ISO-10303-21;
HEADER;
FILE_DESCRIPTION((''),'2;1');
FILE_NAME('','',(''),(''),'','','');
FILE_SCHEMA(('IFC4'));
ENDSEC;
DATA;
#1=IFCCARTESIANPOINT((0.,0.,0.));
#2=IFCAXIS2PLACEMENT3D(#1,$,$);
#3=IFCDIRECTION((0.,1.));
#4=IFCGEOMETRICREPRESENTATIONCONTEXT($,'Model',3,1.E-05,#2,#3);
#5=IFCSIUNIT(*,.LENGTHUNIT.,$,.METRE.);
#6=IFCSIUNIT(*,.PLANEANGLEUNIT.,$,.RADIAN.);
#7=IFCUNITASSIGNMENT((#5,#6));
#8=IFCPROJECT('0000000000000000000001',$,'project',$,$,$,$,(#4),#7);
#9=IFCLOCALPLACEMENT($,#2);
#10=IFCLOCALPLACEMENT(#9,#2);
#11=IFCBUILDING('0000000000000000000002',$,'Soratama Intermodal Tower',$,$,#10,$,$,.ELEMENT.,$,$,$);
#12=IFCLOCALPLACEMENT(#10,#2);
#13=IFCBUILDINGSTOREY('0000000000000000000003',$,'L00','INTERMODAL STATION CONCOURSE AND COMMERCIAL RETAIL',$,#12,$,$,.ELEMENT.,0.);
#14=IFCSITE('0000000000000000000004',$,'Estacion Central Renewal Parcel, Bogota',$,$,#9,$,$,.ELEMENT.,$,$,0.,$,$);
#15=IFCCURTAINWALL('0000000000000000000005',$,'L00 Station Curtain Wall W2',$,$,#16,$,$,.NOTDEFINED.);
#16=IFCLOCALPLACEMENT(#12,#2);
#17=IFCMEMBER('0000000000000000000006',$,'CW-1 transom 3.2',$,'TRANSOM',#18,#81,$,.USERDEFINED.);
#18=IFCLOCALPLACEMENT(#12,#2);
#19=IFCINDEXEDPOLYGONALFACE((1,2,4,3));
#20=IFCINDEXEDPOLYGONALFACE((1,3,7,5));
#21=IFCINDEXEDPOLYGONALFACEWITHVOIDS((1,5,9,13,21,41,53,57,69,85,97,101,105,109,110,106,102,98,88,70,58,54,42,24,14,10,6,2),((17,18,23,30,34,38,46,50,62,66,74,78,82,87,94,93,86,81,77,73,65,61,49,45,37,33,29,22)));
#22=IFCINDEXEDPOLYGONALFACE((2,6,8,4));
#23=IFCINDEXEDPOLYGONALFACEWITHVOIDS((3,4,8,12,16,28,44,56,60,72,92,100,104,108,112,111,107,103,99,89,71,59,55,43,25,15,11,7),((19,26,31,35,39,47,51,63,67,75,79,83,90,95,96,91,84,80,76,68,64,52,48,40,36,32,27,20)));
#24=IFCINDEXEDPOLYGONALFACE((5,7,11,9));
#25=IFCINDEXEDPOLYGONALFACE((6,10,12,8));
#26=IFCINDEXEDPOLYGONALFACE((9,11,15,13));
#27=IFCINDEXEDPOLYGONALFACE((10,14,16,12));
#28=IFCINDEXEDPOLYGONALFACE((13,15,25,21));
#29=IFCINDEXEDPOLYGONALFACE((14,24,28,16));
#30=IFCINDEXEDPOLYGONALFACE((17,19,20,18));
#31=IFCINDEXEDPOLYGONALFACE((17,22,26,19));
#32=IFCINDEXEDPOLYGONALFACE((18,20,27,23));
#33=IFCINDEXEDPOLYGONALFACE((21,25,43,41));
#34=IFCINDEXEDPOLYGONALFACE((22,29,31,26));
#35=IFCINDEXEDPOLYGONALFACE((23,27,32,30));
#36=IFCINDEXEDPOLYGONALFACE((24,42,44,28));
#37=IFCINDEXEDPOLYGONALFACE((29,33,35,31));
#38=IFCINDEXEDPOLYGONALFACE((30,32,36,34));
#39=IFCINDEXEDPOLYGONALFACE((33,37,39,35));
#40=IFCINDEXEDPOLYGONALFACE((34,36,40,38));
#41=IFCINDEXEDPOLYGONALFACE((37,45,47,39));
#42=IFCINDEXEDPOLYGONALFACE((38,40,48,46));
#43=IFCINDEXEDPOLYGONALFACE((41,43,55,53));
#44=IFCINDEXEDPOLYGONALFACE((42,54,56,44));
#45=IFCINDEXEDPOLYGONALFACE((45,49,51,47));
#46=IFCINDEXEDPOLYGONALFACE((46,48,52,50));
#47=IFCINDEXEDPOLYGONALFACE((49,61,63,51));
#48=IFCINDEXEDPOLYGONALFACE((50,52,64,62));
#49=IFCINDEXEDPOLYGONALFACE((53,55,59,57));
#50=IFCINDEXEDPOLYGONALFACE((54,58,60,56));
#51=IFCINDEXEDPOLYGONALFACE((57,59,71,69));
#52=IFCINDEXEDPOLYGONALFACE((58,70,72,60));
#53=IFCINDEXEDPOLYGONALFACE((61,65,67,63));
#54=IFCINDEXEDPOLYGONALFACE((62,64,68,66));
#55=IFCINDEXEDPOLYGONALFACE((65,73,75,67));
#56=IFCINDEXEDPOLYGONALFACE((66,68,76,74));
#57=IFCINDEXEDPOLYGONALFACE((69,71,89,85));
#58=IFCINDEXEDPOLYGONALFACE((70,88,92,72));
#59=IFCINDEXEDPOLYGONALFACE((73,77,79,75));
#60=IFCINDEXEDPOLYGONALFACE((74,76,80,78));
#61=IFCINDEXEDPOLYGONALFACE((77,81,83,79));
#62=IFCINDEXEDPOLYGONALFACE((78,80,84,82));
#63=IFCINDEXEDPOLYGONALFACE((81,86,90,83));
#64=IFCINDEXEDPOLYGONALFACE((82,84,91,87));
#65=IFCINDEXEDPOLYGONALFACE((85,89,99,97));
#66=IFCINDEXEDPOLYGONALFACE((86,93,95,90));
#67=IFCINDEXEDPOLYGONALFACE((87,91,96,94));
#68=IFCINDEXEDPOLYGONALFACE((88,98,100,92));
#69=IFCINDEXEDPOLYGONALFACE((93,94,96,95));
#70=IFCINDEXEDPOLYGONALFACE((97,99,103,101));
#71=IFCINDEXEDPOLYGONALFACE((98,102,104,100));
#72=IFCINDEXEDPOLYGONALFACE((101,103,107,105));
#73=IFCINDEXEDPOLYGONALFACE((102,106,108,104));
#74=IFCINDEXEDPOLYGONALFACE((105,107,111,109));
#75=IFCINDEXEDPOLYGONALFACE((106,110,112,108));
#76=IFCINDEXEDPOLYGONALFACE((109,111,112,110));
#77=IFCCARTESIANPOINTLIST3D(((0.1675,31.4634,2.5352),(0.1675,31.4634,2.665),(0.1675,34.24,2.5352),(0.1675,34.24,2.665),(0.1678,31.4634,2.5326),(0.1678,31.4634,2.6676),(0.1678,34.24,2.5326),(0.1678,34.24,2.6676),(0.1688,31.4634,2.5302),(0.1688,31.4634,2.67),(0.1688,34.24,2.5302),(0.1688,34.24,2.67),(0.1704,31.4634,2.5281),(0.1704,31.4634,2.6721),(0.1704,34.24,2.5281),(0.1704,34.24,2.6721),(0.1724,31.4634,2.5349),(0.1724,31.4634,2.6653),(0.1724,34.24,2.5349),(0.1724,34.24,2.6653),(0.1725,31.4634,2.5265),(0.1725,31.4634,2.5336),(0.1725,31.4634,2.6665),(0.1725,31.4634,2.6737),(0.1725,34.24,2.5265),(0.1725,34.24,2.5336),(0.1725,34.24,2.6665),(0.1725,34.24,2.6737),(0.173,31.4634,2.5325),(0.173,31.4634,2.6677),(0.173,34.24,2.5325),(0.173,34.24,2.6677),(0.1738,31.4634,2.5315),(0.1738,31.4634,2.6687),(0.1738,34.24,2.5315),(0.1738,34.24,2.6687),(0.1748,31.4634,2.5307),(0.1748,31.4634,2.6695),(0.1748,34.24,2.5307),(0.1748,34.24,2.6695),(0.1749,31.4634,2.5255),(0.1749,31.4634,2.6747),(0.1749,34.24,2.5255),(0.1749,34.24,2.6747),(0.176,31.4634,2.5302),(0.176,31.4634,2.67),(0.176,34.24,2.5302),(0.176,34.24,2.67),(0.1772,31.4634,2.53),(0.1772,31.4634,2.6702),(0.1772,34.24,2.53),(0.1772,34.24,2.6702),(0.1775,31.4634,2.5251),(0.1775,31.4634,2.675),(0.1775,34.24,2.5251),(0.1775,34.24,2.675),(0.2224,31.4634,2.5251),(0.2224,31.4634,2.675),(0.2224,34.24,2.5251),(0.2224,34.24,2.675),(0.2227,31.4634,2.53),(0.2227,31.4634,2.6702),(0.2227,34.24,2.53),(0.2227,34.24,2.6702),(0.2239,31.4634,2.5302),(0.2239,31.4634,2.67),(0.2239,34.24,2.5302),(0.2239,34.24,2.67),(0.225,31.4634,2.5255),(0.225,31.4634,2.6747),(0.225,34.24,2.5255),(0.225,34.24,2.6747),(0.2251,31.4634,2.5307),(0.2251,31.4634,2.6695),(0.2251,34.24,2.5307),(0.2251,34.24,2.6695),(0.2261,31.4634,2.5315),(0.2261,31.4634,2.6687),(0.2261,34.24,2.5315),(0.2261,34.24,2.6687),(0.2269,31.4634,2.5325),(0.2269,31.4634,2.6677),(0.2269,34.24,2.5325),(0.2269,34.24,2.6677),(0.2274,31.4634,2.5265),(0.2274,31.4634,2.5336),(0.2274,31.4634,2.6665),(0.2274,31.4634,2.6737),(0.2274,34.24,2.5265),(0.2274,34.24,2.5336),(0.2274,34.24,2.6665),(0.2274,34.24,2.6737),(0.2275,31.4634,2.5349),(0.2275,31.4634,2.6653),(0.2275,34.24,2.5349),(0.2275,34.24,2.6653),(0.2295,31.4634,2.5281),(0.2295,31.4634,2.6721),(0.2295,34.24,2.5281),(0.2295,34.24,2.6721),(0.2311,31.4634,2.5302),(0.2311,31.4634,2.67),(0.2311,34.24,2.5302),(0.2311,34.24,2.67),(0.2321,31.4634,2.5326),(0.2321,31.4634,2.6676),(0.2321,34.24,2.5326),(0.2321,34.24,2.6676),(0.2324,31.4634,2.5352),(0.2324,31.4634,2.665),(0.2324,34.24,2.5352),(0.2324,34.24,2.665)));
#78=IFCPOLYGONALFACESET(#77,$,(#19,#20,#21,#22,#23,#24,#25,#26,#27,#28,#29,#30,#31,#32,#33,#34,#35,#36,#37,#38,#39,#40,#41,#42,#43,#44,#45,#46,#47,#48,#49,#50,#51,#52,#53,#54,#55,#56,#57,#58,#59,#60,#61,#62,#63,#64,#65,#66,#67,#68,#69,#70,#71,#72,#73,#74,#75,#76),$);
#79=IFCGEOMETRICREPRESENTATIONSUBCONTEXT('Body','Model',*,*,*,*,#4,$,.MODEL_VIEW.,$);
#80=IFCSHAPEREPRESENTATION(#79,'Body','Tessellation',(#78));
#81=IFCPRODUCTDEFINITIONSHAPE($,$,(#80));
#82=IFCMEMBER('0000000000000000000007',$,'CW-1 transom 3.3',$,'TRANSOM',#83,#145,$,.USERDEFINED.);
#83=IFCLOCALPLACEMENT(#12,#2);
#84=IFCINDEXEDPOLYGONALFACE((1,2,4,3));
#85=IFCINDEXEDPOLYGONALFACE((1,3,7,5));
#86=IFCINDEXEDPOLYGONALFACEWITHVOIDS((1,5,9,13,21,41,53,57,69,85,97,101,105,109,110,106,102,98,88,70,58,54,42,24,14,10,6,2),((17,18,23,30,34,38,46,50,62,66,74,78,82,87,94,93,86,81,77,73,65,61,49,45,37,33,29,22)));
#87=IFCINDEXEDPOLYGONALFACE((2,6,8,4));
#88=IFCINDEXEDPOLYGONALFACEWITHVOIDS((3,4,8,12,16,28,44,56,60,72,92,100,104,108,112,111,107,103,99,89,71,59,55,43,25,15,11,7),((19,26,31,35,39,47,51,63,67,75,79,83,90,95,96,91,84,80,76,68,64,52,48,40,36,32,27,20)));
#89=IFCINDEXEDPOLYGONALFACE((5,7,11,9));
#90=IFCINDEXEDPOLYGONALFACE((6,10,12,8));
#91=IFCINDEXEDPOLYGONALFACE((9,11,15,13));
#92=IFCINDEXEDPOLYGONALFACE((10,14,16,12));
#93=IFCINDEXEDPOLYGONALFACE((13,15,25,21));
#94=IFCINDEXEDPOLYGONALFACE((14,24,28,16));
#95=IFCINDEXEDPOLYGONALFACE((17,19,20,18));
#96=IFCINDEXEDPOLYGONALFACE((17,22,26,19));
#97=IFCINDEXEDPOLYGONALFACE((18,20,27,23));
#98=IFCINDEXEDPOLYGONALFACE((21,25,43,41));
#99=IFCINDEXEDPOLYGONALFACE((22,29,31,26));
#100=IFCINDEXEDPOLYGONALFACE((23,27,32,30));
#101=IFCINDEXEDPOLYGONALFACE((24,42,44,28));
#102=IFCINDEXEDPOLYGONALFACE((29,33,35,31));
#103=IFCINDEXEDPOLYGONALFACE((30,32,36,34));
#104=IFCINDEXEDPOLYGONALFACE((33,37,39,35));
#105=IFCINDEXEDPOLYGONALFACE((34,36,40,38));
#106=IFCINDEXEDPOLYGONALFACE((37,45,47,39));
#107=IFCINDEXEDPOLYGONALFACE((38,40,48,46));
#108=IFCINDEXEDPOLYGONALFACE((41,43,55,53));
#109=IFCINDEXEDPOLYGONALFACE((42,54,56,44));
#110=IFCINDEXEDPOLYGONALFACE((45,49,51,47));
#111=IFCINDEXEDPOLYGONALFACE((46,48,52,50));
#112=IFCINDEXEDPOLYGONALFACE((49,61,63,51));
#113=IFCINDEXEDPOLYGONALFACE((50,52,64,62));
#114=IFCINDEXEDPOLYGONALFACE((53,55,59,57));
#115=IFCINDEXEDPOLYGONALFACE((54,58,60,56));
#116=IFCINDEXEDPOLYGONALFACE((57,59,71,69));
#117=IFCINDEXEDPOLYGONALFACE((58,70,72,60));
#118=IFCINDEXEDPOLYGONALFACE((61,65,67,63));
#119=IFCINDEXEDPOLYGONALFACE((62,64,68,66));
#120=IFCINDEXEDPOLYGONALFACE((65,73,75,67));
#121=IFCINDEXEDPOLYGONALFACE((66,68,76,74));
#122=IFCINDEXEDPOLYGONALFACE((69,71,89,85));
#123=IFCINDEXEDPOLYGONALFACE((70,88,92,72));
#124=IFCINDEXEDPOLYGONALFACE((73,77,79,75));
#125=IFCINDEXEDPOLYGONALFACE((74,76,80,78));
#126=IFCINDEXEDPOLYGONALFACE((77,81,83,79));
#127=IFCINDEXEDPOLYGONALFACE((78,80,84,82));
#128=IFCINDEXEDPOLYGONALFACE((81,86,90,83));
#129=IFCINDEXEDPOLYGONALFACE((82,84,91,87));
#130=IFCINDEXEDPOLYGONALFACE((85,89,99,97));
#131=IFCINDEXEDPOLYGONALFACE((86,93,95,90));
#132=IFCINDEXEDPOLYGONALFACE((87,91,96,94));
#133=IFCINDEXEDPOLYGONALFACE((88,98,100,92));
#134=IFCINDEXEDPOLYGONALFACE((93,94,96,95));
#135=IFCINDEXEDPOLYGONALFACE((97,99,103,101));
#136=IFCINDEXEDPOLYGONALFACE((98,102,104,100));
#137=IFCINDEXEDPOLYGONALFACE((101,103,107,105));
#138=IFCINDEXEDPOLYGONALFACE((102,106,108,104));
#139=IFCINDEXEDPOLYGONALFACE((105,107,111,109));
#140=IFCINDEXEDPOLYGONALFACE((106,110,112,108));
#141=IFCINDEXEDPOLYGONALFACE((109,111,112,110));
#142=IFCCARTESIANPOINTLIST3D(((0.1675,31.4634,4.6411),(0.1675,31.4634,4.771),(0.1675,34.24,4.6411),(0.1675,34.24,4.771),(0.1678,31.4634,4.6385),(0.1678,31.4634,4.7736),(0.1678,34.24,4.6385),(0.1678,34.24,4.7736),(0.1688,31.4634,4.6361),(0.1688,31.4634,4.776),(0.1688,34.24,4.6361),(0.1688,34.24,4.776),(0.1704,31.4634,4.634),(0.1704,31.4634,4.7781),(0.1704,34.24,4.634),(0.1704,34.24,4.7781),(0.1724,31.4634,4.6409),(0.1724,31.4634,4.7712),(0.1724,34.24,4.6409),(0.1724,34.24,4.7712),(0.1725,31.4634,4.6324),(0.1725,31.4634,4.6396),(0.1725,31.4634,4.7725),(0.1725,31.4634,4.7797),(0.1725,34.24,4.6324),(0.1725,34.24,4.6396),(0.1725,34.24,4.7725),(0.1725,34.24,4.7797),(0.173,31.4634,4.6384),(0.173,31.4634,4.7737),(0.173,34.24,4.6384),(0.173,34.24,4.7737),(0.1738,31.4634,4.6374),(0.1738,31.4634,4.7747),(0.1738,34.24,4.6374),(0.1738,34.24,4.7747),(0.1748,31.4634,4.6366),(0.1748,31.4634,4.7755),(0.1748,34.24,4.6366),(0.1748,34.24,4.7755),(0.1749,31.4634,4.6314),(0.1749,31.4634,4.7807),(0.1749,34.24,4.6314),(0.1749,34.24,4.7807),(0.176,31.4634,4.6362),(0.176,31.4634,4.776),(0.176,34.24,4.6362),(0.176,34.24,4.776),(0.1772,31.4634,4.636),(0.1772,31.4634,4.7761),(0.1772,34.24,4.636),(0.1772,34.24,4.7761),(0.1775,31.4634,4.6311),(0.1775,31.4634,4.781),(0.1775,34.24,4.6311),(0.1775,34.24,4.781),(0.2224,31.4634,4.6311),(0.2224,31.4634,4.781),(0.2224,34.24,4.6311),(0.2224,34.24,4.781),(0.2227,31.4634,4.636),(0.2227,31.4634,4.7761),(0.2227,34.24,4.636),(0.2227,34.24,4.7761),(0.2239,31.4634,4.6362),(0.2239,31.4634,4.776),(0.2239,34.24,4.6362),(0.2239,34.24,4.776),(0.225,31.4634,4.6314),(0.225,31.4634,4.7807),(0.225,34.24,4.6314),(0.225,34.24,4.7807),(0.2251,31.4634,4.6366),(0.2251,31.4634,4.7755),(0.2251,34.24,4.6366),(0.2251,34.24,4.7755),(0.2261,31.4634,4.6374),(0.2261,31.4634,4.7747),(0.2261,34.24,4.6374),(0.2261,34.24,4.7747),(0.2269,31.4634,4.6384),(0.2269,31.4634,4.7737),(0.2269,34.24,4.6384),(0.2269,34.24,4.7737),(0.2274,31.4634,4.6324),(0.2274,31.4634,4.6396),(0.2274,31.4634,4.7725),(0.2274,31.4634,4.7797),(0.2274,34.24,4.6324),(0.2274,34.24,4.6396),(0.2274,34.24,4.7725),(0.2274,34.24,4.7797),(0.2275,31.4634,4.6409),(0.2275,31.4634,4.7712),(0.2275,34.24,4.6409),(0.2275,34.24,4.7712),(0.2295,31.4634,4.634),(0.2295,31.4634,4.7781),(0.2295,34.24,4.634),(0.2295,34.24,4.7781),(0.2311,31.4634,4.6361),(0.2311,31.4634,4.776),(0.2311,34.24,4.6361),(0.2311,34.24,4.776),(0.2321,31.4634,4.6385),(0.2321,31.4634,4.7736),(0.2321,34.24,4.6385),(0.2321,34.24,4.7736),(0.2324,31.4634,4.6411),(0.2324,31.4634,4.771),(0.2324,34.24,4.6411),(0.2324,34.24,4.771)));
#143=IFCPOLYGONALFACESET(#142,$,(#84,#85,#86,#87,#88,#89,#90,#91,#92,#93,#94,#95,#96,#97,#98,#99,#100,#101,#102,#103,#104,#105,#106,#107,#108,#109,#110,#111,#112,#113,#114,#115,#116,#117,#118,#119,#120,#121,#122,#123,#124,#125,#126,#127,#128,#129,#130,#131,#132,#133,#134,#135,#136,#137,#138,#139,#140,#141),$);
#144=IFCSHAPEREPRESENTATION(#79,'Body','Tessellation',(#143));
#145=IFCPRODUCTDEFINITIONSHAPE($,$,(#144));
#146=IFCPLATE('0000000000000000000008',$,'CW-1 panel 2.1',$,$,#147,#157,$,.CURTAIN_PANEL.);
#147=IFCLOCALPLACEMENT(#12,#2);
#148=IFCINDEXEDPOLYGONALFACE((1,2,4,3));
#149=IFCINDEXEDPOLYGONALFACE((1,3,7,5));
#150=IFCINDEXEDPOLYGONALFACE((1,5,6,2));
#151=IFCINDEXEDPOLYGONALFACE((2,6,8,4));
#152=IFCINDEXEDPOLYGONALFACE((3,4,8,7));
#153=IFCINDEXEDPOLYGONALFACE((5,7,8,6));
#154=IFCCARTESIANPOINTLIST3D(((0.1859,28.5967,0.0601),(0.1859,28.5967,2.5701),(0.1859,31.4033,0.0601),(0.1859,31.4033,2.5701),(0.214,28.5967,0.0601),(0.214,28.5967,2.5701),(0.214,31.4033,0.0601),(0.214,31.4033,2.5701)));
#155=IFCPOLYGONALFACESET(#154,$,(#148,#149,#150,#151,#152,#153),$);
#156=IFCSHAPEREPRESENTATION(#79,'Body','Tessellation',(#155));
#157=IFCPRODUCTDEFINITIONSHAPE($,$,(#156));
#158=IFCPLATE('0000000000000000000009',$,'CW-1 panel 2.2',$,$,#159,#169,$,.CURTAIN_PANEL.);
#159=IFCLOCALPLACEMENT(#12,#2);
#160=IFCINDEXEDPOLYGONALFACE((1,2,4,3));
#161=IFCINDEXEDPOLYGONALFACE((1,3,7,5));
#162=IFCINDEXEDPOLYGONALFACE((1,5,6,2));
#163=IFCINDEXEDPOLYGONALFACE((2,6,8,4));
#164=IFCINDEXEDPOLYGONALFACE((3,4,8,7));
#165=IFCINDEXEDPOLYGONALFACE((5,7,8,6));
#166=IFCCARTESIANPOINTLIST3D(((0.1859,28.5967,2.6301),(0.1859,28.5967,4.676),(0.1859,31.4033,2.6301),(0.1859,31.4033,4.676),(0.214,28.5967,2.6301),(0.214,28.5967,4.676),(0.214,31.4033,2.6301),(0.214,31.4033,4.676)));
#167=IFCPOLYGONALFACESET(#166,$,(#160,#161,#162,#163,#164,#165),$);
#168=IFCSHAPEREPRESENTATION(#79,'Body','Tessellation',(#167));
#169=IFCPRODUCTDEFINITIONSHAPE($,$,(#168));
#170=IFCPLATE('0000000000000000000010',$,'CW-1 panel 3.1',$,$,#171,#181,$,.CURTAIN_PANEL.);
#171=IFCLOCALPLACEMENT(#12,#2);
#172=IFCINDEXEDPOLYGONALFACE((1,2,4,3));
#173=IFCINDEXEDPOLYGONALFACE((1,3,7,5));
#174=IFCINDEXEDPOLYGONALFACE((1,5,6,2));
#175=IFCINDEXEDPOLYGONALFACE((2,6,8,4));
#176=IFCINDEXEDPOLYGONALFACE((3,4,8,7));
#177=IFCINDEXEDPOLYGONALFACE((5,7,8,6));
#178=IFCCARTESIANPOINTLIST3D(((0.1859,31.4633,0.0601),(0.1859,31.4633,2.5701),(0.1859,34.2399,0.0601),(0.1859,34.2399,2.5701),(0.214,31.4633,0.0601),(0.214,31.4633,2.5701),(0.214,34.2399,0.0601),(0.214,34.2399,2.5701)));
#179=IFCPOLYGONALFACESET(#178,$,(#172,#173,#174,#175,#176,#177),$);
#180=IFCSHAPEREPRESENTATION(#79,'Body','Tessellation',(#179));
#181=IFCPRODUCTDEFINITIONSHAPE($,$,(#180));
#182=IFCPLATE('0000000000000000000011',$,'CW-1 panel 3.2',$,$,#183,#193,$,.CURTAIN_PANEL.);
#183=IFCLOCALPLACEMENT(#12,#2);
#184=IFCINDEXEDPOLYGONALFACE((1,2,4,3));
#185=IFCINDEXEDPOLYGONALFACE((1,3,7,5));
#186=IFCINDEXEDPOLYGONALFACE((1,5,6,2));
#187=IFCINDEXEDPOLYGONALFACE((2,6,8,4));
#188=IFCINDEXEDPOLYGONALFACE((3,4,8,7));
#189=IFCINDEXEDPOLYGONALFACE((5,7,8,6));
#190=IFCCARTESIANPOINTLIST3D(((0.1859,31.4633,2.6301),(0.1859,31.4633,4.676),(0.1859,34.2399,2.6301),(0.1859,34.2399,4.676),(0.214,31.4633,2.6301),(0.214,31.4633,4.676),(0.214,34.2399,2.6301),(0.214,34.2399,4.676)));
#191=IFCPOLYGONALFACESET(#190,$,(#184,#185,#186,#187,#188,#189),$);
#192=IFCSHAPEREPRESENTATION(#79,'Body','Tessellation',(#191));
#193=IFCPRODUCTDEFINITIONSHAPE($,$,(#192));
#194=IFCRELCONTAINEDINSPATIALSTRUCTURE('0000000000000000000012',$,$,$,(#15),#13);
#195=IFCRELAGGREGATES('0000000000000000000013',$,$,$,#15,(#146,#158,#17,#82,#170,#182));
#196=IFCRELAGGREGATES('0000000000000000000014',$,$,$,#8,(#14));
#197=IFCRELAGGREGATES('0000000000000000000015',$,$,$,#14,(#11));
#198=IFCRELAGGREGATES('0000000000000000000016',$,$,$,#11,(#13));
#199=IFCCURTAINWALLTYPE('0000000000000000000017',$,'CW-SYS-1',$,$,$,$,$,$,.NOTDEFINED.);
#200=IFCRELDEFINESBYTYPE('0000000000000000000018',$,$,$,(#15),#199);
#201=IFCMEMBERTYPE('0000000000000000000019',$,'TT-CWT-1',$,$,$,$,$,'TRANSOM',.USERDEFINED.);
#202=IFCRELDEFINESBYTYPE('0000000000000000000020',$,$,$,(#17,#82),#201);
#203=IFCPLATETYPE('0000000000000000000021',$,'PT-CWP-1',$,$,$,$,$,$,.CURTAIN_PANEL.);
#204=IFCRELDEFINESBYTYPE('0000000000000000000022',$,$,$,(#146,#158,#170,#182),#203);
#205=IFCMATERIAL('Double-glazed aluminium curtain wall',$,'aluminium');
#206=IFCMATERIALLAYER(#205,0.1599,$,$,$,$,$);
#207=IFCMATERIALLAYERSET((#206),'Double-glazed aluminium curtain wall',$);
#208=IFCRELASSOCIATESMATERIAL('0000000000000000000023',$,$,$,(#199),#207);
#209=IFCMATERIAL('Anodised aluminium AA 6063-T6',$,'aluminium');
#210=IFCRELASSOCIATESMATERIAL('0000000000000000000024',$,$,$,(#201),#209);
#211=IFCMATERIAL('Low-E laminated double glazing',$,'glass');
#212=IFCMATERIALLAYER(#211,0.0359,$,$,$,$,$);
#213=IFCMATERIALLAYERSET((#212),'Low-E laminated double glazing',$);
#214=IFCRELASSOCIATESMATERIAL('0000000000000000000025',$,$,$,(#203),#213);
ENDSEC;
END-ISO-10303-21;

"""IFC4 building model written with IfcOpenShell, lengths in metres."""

from ifc_helpers import new_model, si_unit, direction, frame, origin, origin_2d, place, context, subcontext, project, spatial, rectangle, hollow_rectangle, extrude, material, layer, layer_set, material_profile, profile_set, type_object, element, aggregate, save


model = new_model("IFC4")

# Units and contexts
model_context = context("Model", 3, precision=1e-05, world=origin(), true_north=direction((0.0, 1.0)))
body_context = subcontext(model_context, "Body", "Model", "MODEL_VIEW")
ifc_project = project(units=[si_unit("LENGTHUNIT", "METRE"), si_unit("PLANEANGLEUNIT", "RADIAN")], contexts=[model_context])

# Site, building, storey
site_placement = place(None, origin())
site = spatial("IfcSite", under=ifc_project, at=site_placement, Name="Estacion Central Renewal Parcel, Bogota", CompositionType="ELEMENT", RefElevation=0.0)
building_placement = place(site_placement, origin())
building = spatial("IfcBuilding", under=site, at=building_placement, Name="Soratama Intermodal Tower", CompositionType="ELEMENT")
storey_placement = place(building_placement, origin())
storey = spatial("IfcBuildingStorey", under=building, at=storey_placement, Name="L00", Description="INTERMODAL STATION CONCOURSE AND COMMERCIAL RETAIL", CompositionType="ELEMENT", Elevation=0.0)

# Curtain wall, members, plates
ifc_material_1 = material(Name="Double-glazed aluminium curtain wall", Category="aluminium")
ifc_layer_1 = layer(ifc_material_1, 0.1599)
ifc_layer_set_1 = layer_set([ifc_layer_1], Name="Double-glazed aluminium curtain wall")
curtain_wall_type = type_object("IfcCurtainWallType", Name="CW-SYS-1", PredefinedType="NOTDEFINED", material=ifc_layer_set_1)
curtain_wall_placement = place(storey_placement, origin())
curtain_wall = element("IfcCurtainWall", 1, at=curtain_wall_placement, inside=storey, type_object=curtain_wall_type, Name="L00 Station Curtain Wall W2", PredefinedType="NOTDEFINED")
ifc_material_2 = material(Name="Anodised aluminium AA 6063-T6", Category="aluminium")
ifc_material_profile_1 = material_profile(ifc_material_2, hollow_rectangle(XDim=0.0649, YDim=0.1499, WallThickness=0.0049, InnerFilletRadius=0.0049, OuterFilletRadius=0.01, at=origin_2d()), Name="CWT150X65X5")
ifc_profile_set_1 = profile_set([ifc_material_profile_1], Name="Anodised aluminium AA 6063-T6")
member_type_1 = type_object("IfcMemberType", Name="TT-CWT-1", ElementType="TRANSOM", PredefinedType="USERDEFINED", material=ifc_profile_set_1)
member_1_placement = place(storey_placement, frame((0.2, 31.4634, 2.6001), z_axis=(0.0, 1.0, 0.0), x_axis=(-1.0, 0.0, 0.0)))
member_1 = element("IfcMember", 2, at=member_1_placement, type_object=member_type_1, Name="CW-1 transom 3.2", ObjectType="TRANSOM", PredefinedType="USERDEFINED", context=body_context, shape_type="SweptSolid", body=[
    extrude(hollow_rectangle(XDim=0.0649, YDim=0.1499, WallThickness=0.0049, InnerFilletRadius=0.0049, OuterFilletRadius=0.01, at=origin_2d()), origin(), (0.0, 0.0, 1.0), 2.7766),
])
member_2_placement = place(storey_placement, frame((0.2, 31.4634, 4.7061), z_axis=(0.0, 1.0, 0.0), x_axis=(-1.0, 0.0, 0.0)))
member_2 = element("IfcMember", 3, at=member_2_placement, type_object=member_type_1, Name="CW-1 transom 3.3", ObjectType="TRANSOM", PredefinedType="USERDEFINED", context=body_context, shape_type="SweptSolid", body=[
    extrude(hollow_rectangle(XDim=0.0649, YDim=0.1499, WallThickness=0.0049, InnerFilletRadius=0.0049, OuterFilletRadius=0.01, at=origin_2d()), origin(), (0.0, 0.0, 1.0), 2.7766),
])
ifc_material_3 = material(Name="Low-E laminated double glazing", Category="glass")
ifc_layer_2 = layer(ifc_material_3, 0.0359)
ifc_layer_set_2 = layer_set([ifc_layer_2], Name="Low-E laminated double glazing")
plate_type = type_object("IfcPlateType", Name="PT-CWP-1", PredefinedType="CURTAIN_PANEL", material=ifc_layer_set_2)
plate_1_placement = place(storey_placement, frame((0.2, 30.0, 0.0601), z_axis=(0.0, 0.0, 1.0), x_axis=(0.0, 1.0, 0.0)))
plate_1 = element("IfcPlate", 4, at=plate_1_placement, type_object=plate_type, Name="CW-1 panel 2.1", PredefinedType="CURTAIN_PANEL", context=body_context, shape_type="SweptSolid", body=[
    extrude(rectangle(XDim=2.8066, YDim=0.0281, at=origin_2d()), origin(), (0.0, 0.0, 1.0), 2.51),
])
plate_2_placement = place(storey_placement, frame((0.2, 30.0, 2.6301), z_axis=(0.0, 0.0, 1.0), x_axis=(0.0, 1.0, 0.0)))
plate_2 = element("IfcPlate", 5, at=plate_2_placement, type_object=plate_type, Name="CW-1 panel 2.2", PredefinedType="CURTAIN_PANEL", context=body_context, shape_type="SweptSolid", body=[
    extrude(rectangle(XDim=2.8066, YDim=0.0281, at=origin_2d()), origin(), (0.0, 0.0, 1.0), 2.0459),
])
plate_3_placement = place(storey_placement, frame((0.2, 32.8516, 0.0601), z_axis=(0.0, 0.0, 1.0), x_axis=(0.0, 1.0, 0.0)))
plate_3 = element("IfcPlate", 6, at=plate_3_placement, type_object=plate_type, Name="CW-1 panel 3.1", PredefinedType="CURTAIN_PANEL", context=body_context, shape_type="SweptSolid", body=[
    extrude(rectangle(XDim=2.7766, YDim=0.0281, at=origin_2d()), origin(), (0.0, 0.0, 1.0), 2.51),
])
plate_4_placement = place(storey_placement, frame((0.2, 32.8516, 2.6301), z_axis=(0.0, 0.0, 1.0), x_axis=(0.0, 1.0, 0.0)))
plate_4 = element("IfcPlate", 7, at=plate_4_placement, type_object=plate_type, Name="CW-1 panel 3.2", PredefinedType="CURTAIN_PANEL", context=body_context, shape_type="SweptSolid", body=[
    extrude(rectangle(XDim=2.7766, YDim=0.0281, at=origin_2d()), origin(), (0.0, 0.0, 1.0), 2.0459),
])
aggregate(curtain_wall, [plate_1, plate_2, member_1, member_2, plate_3, plate_4])

save(model, "model.ifc")
